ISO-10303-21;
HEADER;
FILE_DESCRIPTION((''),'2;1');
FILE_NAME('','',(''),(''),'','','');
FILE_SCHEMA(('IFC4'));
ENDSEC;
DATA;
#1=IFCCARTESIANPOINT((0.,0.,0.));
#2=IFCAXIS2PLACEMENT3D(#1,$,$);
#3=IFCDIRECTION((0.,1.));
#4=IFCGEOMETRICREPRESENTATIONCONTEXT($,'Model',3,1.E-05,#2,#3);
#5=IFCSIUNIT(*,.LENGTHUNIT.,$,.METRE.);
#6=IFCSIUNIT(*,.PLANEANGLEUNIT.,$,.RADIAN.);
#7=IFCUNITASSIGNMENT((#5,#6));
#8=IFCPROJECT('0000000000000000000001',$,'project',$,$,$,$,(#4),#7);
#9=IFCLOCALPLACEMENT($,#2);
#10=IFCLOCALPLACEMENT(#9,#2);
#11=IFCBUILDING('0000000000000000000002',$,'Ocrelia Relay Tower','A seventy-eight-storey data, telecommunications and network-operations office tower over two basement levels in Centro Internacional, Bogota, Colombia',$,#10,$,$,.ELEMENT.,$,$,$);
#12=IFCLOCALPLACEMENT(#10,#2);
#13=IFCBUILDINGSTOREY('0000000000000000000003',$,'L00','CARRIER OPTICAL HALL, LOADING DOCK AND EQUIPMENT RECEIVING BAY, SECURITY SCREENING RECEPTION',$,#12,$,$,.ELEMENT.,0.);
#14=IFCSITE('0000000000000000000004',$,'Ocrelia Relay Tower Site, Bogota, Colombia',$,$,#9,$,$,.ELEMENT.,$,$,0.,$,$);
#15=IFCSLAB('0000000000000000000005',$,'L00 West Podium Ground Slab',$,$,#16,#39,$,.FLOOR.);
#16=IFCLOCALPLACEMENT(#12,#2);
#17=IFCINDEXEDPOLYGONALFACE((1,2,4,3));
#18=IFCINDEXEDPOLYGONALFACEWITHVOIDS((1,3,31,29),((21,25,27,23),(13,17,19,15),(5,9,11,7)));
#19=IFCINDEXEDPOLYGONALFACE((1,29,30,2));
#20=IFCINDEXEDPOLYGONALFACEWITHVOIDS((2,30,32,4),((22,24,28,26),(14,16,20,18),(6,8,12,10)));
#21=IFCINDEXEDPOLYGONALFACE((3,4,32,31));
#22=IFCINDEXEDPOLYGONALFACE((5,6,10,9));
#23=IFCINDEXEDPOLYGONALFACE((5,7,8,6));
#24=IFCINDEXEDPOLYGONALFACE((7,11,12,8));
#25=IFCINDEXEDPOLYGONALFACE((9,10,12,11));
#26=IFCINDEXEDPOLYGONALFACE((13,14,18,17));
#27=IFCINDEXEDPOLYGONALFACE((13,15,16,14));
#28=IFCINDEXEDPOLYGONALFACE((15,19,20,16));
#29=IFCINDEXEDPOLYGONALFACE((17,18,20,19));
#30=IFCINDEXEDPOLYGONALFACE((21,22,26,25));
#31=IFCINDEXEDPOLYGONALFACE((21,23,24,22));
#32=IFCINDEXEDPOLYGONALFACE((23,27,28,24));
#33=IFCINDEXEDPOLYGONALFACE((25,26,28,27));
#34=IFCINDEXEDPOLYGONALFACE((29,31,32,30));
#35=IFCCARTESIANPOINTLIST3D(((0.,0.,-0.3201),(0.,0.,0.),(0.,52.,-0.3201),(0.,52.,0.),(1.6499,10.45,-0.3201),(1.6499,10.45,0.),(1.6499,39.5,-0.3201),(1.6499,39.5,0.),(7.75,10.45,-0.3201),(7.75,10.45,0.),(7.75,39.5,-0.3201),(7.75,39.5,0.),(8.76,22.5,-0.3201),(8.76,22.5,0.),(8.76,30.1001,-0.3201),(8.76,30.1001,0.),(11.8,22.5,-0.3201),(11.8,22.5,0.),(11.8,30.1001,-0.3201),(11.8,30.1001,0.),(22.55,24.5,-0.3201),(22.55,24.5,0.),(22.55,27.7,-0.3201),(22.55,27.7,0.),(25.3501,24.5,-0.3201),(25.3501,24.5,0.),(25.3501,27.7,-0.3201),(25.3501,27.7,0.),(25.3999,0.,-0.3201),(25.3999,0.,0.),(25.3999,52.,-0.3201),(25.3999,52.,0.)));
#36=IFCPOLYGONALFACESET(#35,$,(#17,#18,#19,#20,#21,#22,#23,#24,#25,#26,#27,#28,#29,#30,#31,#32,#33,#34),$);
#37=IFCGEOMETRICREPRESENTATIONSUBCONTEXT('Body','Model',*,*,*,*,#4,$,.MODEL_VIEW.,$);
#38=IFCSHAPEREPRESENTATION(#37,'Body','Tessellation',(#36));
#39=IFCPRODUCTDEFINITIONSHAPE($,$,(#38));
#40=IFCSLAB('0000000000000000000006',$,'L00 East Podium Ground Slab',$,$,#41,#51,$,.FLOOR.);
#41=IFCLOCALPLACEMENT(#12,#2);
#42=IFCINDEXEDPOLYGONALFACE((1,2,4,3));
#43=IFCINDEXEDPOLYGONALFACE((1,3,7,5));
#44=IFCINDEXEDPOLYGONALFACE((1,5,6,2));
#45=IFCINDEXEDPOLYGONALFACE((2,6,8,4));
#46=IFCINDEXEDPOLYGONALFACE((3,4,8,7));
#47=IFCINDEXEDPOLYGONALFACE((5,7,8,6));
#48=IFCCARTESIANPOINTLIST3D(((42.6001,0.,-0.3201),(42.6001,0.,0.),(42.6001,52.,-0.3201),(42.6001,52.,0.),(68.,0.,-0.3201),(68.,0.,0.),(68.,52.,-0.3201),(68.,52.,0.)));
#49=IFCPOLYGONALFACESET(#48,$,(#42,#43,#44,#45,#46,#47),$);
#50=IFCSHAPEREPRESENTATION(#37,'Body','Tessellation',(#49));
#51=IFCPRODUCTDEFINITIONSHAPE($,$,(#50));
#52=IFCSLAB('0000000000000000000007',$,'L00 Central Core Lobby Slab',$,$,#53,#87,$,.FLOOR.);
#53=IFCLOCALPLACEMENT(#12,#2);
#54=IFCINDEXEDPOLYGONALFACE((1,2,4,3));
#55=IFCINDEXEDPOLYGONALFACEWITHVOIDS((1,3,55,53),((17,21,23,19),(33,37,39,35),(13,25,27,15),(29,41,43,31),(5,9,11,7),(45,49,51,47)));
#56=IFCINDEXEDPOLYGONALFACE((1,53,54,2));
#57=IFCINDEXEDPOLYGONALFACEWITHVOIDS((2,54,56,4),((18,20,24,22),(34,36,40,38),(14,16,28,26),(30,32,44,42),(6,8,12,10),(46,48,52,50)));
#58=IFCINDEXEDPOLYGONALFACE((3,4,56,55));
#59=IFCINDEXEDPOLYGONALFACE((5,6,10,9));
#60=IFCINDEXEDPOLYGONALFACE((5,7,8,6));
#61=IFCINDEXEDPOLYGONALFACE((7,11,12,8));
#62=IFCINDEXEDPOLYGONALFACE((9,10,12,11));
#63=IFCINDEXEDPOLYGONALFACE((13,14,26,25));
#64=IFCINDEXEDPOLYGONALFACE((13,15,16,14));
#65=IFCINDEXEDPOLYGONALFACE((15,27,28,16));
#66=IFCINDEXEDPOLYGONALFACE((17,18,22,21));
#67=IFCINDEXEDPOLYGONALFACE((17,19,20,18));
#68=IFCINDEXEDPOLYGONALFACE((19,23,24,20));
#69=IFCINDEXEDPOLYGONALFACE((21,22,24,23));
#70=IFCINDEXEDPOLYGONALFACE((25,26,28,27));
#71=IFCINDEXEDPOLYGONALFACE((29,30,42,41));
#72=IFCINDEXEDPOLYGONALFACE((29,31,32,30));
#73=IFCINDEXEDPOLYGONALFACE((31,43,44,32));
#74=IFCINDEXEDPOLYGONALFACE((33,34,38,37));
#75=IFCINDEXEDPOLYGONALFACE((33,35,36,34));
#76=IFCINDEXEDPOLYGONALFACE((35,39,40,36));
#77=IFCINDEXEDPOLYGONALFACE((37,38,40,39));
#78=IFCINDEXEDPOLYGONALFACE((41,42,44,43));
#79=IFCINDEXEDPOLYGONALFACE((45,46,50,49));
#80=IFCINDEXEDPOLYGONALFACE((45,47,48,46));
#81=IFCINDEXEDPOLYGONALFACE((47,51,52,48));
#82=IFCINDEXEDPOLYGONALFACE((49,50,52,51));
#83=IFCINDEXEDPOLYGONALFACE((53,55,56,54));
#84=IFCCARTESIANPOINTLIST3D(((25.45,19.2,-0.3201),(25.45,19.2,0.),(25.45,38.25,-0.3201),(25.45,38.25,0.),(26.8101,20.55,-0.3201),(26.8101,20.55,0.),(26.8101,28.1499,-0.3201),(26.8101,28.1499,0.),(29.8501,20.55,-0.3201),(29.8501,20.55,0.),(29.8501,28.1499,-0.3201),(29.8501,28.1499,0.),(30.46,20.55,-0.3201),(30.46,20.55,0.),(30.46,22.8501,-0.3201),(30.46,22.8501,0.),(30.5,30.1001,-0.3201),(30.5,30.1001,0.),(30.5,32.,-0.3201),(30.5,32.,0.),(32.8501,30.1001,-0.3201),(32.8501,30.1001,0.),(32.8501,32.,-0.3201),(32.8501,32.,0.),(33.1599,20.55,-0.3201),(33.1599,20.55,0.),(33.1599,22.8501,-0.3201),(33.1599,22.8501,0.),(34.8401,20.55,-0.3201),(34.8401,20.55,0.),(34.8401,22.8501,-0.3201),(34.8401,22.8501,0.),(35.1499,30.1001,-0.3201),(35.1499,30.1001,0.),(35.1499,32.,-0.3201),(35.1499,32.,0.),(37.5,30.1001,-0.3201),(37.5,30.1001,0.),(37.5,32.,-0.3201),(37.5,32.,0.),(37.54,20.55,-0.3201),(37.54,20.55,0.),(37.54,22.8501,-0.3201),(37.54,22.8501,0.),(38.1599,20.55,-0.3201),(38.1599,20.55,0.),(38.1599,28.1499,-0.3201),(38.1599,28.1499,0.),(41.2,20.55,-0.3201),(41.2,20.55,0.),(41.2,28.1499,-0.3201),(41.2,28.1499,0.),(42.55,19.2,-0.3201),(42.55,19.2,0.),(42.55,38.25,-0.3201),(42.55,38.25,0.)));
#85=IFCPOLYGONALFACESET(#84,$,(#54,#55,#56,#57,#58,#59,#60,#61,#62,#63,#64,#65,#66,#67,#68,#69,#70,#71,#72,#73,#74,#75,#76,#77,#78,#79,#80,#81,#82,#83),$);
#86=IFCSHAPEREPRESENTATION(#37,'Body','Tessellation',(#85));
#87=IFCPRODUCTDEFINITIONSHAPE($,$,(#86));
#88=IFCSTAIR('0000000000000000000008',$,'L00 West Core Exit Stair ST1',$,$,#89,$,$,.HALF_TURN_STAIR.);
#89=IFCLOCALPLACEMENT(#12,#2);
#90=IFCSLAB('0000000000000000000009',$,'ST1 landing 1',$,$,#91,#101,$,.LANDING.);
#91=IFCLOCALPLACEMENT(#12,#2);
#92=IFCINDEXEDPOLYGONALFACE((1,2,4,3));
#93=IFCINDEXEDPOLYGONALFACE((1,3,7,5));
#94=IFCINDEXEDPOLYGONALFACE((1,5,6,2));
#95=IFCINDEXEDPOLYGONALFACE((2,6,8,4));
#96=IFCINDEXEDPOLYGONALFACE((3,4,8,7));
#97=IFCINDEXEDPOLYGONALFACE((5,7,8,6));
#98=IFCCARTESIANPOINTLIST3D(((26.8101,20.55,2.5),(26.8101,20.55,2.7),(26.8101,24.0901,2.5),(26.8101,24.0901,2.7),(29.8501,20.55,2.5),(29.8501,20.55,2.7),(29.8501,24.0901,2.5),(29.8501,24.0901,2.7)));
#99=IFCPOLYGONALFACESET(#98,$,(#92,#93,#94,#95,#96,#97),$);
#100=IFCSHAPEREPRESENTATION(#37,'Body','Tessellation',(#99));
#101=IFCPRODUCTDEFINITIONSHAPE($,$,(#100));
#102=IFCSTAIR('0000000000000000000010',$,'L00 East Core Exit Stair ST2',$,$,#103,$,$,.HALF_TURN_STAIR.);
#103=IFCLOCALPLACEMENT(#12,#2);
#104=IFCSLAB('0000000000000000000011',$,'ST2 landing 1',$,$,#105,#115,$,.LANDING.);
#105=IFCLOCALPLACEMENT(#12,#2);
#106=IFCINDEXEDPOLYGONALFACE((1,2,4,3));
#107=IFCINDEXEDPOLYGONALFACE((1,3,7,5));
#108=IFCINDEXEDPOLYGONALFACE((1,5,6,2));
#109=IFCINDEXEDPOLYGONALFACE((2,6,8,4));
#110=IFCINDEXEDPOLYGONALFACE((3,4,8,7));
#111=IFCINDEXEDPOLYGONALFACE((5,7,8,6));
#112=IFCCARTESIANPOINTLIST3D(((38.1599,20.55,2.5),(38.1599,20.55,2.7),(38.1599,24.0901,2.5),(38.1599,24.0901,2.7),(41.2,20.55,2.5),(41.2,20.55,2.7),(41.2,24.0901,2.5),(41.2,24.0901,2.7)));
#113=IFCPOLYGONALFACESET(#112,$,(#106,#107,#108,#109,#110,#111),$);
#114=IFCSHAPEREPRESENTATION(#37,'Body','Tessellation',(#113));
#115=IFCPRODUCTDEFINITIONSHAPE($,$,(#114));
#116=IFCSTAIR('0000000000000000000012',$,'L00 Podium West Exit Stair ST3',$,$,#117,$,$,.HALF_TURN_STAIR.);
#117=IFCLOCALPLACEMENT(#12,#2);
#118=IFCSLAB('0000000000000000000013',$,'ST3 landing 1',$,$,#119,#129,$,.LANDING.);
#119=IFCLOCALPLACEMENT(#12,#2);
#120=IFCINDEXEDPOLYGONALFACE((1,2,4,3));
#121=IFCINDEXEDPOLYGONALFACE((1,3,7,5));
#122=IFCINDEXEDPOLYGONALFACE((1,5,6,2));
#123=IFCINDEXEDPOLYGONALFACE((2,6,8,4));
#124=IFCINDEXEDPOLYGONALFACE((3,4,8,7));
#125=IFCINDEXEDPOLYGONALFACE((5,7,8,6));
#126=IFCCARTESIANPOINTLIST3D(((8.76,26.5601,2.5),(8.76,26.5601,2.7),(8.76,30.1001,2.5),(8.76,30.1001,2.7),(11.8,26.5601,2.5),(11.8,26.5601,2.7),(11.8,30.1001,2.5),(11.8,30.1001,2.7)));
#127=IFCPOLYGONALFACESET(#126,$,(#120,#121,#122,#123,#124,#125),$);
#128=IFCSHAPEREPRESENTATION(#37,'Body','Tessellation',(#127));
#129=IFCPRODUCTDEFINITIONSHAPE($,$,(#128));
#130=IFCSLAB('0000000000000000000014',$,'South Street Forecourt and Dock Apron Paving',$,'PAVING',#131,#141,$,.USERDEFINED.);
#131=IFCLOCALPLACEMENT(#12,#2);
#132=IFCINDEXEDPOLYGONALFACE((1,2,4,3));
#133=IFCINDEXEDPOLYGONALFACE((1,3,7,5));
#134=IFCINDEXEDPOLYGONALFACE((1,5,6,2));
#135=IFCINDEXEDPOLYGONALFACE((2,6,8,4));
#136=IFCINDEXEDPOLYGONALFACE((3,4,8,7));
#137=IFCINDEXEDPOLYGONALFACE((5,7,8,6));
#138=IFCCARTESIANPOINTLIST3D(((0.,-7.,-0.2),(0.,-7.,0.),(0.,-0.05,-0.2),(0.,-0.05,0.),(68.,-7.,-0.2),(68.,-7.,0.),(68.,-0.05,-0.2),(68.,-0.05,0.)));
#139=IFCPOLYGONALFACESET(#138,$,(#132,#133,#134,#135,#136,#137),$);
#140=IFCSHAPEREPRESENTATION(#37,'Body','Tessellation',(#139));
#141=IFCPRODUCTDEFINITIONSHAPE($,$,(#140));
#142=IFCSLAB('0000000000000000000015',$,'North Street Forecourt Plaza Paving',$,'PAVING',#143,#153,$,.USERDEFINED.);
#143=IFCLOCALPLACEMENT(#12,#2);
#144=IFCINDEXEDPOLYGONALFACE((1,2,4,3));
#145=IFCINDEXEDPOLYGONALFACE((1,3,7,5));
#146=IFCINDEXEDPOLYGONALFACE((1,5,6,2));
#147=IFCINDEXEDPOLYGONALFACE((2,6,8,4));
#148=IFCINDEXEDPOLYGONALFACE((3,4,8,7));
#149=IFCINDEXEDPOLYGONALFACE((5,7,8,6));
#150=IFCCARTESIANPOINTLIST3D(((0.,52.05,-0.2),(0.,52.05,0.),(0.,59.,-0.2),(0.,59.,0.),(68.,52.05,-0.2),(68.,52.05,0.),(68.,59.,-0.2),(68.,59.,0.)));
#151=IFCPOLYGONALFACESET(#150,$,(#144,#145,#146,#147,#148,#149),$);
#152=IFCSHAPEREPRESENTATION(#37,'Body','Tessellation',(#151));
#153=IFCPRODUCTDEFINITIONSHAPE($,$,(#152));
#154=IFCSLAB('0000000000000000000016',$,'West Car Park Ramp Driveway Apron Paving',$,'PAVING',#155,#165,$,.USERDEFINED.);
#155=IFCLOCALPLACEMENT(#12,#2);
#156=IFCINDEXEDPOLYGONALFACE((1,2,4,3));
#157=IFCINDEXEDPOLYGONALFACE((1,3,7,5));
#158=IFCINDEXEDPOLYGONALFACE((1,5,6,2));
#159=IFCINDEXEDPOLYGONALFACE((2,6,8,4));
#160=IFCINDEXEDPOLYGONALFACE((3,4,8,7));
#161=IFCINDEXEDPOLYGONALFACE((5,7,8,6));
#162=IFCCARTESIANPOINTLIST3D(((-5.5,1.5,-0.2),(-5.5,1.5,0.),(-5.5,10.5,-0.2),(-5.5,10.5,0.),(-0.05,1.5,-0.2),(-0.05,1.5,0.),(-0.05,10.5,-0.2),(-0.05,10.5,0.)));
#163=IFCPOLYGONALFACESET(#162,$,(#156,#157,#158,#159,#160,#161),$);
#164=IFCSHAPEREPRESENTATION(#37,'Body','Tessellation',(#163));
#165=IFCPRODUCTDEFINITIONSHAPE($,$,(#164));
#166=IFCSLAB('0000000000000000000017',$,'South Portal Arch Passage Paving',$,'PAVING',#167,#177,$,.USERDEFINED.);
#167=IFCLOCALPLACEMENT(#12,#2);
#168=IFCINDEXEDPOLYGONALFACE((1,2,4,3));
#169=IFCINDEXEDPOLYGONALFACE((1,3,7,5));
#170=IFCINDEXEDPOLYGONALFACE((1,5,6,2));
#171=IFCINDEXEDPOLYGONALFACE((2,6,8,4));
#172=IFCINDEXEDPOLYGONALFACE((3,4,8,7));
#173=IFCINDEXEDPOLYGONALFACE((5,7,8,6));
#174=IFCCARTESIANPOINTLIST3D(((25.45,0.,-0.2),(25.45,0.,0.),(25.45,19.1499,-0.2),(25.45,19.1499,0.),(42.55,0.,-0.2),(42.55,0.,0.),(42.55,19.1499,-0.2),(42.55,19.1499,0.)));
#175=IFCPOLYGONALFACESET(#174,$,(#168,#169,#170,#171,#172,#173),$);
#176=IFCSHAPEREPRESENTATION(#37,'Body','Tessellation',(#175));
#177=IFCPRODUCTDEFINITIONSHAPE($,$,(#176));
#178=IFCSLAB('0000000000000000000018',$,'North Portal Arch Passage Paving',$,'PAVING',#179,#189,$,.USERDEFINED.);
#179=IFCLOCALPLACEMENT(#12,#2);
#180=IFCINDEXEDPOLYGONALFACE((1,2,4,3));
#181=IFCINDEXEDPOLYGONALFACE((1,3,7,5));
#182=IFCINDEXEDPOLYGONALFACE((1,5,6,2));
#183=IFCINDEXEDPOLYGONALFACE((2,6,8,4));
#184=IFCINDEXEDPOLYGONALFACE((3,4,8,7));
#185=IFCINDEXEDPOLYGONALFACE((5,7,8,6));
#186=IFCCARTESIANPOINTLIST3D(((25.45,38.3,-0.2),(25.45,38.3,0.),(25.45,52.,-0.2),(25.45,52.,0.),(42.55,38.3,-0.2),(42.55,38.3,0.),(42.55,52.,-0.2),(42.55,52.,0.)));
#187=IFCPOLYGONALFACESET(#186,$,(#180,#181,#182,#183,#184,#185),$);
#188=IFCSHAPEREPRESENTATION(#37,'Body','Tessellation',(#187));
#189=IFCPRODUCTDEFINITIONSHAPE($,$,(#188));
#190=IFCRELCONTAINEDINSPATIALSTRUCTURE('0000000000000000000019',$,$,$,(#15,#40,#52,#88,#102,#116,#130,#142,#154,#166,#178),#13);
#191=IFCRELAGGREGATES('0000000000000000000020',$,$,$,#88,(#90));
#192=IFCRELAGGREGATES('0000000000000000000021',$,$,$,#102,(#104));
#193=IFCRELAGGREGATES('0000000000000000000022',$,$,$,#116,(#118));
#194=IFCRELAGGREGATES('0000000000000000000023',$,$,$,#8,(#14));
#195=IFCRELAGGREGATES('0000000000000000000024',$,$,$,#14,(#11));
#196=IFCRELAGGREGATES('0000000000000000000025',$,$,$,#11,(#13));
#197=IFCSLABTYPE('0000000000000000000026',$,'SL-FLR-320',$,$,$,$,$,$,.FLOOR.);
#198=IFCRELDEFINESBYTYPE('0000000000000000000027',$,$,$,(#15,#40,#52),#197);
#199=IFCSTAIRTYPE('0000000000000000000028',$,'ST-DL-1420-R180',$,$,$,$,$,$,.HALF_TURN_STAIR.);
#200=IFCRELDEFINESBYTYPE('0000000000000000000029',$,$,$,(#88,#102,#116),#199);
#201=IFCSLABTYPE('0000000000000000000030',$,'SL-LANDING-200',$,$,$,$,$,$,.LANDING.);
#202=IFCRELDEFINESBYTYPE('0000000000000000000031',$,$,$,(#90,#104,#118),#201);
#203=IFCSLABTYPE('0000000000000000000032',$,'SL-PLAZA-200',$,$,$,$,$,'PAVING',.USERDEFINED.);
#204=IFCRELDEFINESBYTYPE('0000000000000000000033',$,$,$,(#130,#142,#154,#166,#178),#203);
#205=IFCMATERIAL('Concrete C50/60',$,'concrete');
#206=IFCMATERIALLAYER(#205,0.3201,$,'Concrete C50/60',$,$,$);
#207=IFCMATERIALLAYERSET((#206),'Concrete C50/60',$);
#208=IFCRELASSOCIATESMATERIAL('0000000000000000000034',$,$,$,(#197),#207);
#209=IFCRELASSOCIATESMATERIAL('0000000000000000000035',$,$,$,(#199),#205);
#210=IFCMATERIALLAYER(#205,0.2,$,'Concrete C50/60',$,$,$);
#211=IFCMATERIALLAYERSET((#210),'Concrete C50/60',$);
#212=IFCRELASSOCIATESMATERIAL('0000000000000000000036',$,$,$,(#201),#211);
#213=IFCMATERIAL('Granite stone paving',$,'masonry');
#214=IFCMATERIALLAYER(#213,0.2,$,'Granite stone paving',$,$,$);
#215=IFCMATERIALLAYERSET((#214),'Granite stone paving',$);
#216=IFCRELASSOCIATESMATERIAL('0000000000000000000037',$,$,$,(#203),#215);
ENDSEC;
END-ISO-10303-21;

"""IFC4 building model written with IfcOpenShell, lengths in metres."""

from ifc_helpers import new_model, si_unit, direction, frame, origin, place, context, subcontext, project, spatial, polyline, outline, extrude, material, layer, layer_set, type_object, element, aggregate, save


model = new_model("IFC4")

# Units and contexts
model_context = context("Model", 3, precision=1e-05, world=origin(), true_north=direction((0.0, 1.0)))
body_context = subcontext(model_context, "Body", "Model", "MODEL_VIEW")
ifc_project = project(units=[si_unit("LENGTHUNIT", "METRE"), si_unit("PLANEANGLEUNIT", "RADIAN")], contexts=[model_context])

# Site, building, storey
site_placement = place(None, origin())
site = spatial("IfcSite", under=ifc_project, at=site_placement, Name="Ocrelia Relay Tower Site, Bogota, Colombia", CompositionType="ELEMENT", RefElevation=0.0)
building_placement = place(site_placement, origin())
building = spatial("IfcBuilding", under=site, at=building_placement, Name="Ocrelia Relay Tower", Description="A seventy-eight-storey data, telecommunications and network-operations office tower over two basement levels in Centro Internacional, Bogota, Colombia", CompositionType="ELEMENT")
storey_placement = place(building_placement, origin())
storey = spatial("IfcBuildingStorey", under=building, at=storey_placement, Name="L00", Description="CARRIER OPTICAL HALL, LOADING DOCK AND EQUIPMENT RECEIVING BAY, SECURITY SCREENING RECEPTION", CompositionType="ELEMENT", Elevation=0.0)

# Shared definitions
ifc_material_1 = material(Name="Concrete C50/60", Category="concrete")

# Slabs
ifc_layer_1 = layer(ifc_material_1, 0.3201, Name="Concrete C50/60")
ifc_layer_set_1 = layer_set([ifc_layer_1], Name="Concrete C50/60")
slab_type_1 = type_object("IfcSlabType", Name="SL-FLR-320", PredefinedType="FLOOR", material=ifc_layer_set_1)
slab_1_placement = place(storey_placement, frame((0.0, 0.0, -0.3201)))
element("IfcSlab", 1, at=slab_1_placement, inside=storey, type_object=slab_type_1, Name="L00 West Podium Ground Slab", PredefinedType="FLOOR", context=body_context, shape_type="SweptSolid", body=[
    extrude(outline(polyline([(0.0, 0.0), (25.3999, 0.0), (25.3999, 52.0), (0.0, 52.0), (0.0, 0.0)]), holes=[polyline([(11.8, 22.5), (11.8, 30.1001), (8.76, 30.1001), (8.76, 22.5), (11.8, 22.5)]), polyline([(22.55, 24.5), (25.3501, 24.5), (25.3501, 27.7), (22.55, 27.7), (22.55, 24.5)]), polyline([(1.6499, 10.45), (7.75, 10.45), (7.75, 39.5), (1.6499, 39.5), (1.6499, 10.45)])]), origin(), (0.0, 0.0, 1.0), 0.3201),
])
slab_2_placement = place(storey_placement, frame((0.0, 0.0, -0.3201)))
element("IfcSlab", 2, at=slab_2_placement, inside=storey, type_object=slab_type_1, Name="L00 East Podium Ground Slab", PredefinedType="FLOOR", context=body_context, shape_type="SweptSolid", body=[
    extrude(outline(polyline([(42.6001, 0.0), (68.0, 0.0), (68.0, 52.0), (42.6001, 52.0), (42.6001, 0.0)])), origin(), (0.0, 0.0, 1.0), 0.3201),
])
slab_3_placement = place(storey_placement, frame((0.0, 0.0, -0.3201)))
element("IfcSlab", 3, at=slab_3_placement, inside=storey, type_object=slab_type_1, Name="L00 Central Core Lobby Slab", PredefinedType="FLOOR", context=body_context, shape_type="SweptSolid", body=[
    extrude(outline(polyline([(25.45, 19.2), (42.55, 19.2), (42.55, 38.25), (25.45, 38.25), (25.45, 19.2)]), holes=[polyline([(26.8101, 28.1499), (26.8101, 20.55), (29.8501, 20.55), (29.8501, 28.1499), (26.8101, 28.1499)]), polyline([(38.1599, 28.1499), (38.1599, 20.55), (41.2, 20.55), (41.2, 28.1499), (38.1599, 28.1499)]), polyline([(30.46, 20.55), (33.1599, 20.55), (33.1599, 22.8501), (30.46, 22.8501), (30.46, 20.55)]), polyline([(34.8401, 20.55), (37.54, 20.55), (37.54, 22.8501), (34.8401, 22.8501), (34.8401, 20.55)]), polyline([(30.5, 30.1001), (32.8501, 30.1001), (32.8501, 32.0), (30.5, 32.0), (30.5, 30.1001)]), polyline([(35.1499, 30.1001), (37.5, 30.1001), (37.5, 32.0), (35.1499, 32.0), (35.1499, 30.1001)])]), origin(), (0.0, 0.0, 1.0), 0.3201),
])

# Stairs, slabs
stair_type = type_object("IfcStairType", Name="ST-DL-1420-R180", PredefinedType="HALF_TURN_STAIR", material=ifc_material_1)
stair_1_placement = place(storey_placement, origin())
stair_1 = element("IfcStair", 4, at=stair_1_placement, inside=storey, type_object=stair_type, Name="L00 West Core Exit Stair ST1", PredefinedType="HALF_TURN_STAIR")
ifc_layer_2 = layer(ifc_material_1, 0.2, Name="Concrete C50/60")
ifc_layer_set_2 = layer_set([ifc_layer_2], Name="Concrete C50/60")
slab_type_2 = type_object("IfcSlabType", Name="SL-LANDING-200", PredefinedType="LANDING", material=ifc_layer_set_2)
slab_4_placement = place(storey_placement, frame((0.0, 0.0, 2.5)))
slab_4 = element("IfcSlab", 5, at=slab_4_placement, type_object=slab_type_2, Name="ST1 landing 1", PredefinedType="LANDING", context=body_context, shape_type="SweptSolid", body=[
    extrude(outline(polyline([(26.8101, 24.0901), (26.8101, 20.55), (29.8501, 20.55), (29.8501, 24.0901), (26.8101, 24.0901)])), origin(), (0.0, 0.0, 1.0), 0.2),
])
aggregate(stair_1, [slab_4])
stair_2_placement = place(storey_placement, origin())
stair_2 = element("IfcStair", 6, at=stair_2_placement, inside=storey, type_object=stair_type, Name="L00 East Core Exit Stair ST2", PredefinedType="HALF_TURN_STAIR")
slab_5_placement = place(storey_placement, frame((0.0, 0.0, 2.5)))
slab_5 = element("IfcSlab", 7, at=slab_5_placement, type_object=slab_type_2, Name="ST2 landing 1", PredefinedType="LANDING", context=body_context, shape_type="SweptSolid", body=[
    extrude(outline(polyline([(38.1599, 24.0901), (38.1599, 20.55), (41.2, 20.55), (41.2, 24.0901), (38.1599, 24.0901)])), origin(), (0.0, 0.0, 1.0), 0.2),
])
aggregate(stair_2, [slab_5])
stair_3_placement = place(storey_placement, origin())
stair_3 = element("IfcStair", 8, at=stair_3_placement, inside=storey, type_object=stair_type, Name="L00 Podium West Exit Stair ST3", PredefinedType="HALF_TURN_STAIR")
slab_6_placement = place(storey_placement, frame((0.0, 0.0, 2.5)))
slab_6 = element("IfcSlab", 9, at=slab_6_placement, type_object=slab_type_2, Name="ST3 landing 1", PredefinedType="LANDING", context=body_context, shape_type="SweptSolid", body=[
    extrude(outline(polyline([(11.8, 26.5601), (11.8, 30.1001), (8.76, 30.1001), (8.76, 26.5601), (11.8, 26.5601)])), origin(), (0.0, 0.0, 1.0), 0.2),
])
aggregate(stair_3, [slab_6])

# Slabs
ifc_material_2 = material(Name="Granite stone paving", Category="masonry")
ifc_layer_3 = layer(ifc_material_2, 0.2, Name="Granite stone paving")
ifc_layer_set_3 = layer_set([ifc_layer_3], Name="Granite stone paving")
slab_type_3 = type_object("IfcSlabType", Name="SL-PLAZA-200", ElementType="PAVING", PredefinedType="USERDEFINED", material=ifc_layer_set_3)
slab_7_placement = place(storey_placement, frame((0.0, 0.0, -0.2)))
element("IfcSlab", 10, at=slab_7_placement, inside=storey, type_object=slab_type_3, Name="South Street Forecourt and Dock Apron Paving", ObjectType="PAVING", PredefinedType="USERDEFINED", context=body_context, shape_type="SweptSolid", body=[
    extrude(outline(polyline([(0.0, -7.0), (68.0, -7.0), (68.0, -0.05), (0.0, -0.05), (0.0, -7.0)])), origin(), (0.0, 0.0, 1.0), 0.2),
])
slab_8_placement = place(storey_placement, frame((0.0, 0.0, -0.2)))
element("IfcSlab", 11, at=slab_8_placement, inside=storey, type_object=slab_type_3, Name="North Street Forecourt Plaza Paving", ObjectType="PAVING", PredefinedType="USERDEFINED", context=body_context, shape_type="SweptSolid", body=[
    extrude(outline(polyline([(0.0, 52.05), (68.0, 52.05), (68.0, 59.0), (0.0, 59.0), (0.0, 52.05)])), origin(), (0.0, 0.0, 1.0), 0.2),
])
slab_9_placement = place(storey_placement, frame((0.0, 0.0, -0.2)))
element("IfcSlab", 12, at=slab_9_placement, inside=storey, type_object=slab_type_3, Name="West Car Park Ramp Driveway Apron Paving", ObjectType="PAVING", PredefinedType="USERDEFINED", context=body_context, shape_type="SweptSolid", body=[
    extrude(outline(polyline([(-5.5, 1.5), (-0.05, 1.5), (-0.05, 10.5), (-5.5, 10.5), (-5.5, 1.5)])), origin(), (0.0, 0.0, 1.0), 0.2),
])
slab_10_placement = place(storey_placement, frame((0.0, 0.0, -0.2)))
element("IfcSlab", 13, at=slab_10_placement, inside=storey, type_object=slab_type_3, Name="South Portal Arch Passage Paving", ObjectType="PAVING", PredefinedType="USERDEFINED", context=body_context, shape_type="SweptSolid", body=[
    extrude(outline(polyline([(25.45, 0.0), (42.55, 0.0), (42.55, 19.1499), (25.45, 19.1499), (25.45, 0.0)])), origin(), (0.0, 0.0, 1.0), 0.2),
])
slab_11_placement = place(storey_placement, frame((0.0, 0.0, -0.2)))
element("IfcSlab", 14, at=slab_11_placement, inside=storey, type_object=slab_type_3, Name="North Portal Arch Passage Paving", ObjectType="PAVING", PredefinedType="USERDEFINED", context=body_context, shape_type="SweptSolid", body=[
    extrude(outline(polyline([(25.45, 38.3), (42.55, 38.3), (42.55, 52.0), (25.45, 52.0), (25.45, 38.3)])), origin(), (0.0, 0.0, 1.0), 0.2),
])

save(model, "model.ifc")
